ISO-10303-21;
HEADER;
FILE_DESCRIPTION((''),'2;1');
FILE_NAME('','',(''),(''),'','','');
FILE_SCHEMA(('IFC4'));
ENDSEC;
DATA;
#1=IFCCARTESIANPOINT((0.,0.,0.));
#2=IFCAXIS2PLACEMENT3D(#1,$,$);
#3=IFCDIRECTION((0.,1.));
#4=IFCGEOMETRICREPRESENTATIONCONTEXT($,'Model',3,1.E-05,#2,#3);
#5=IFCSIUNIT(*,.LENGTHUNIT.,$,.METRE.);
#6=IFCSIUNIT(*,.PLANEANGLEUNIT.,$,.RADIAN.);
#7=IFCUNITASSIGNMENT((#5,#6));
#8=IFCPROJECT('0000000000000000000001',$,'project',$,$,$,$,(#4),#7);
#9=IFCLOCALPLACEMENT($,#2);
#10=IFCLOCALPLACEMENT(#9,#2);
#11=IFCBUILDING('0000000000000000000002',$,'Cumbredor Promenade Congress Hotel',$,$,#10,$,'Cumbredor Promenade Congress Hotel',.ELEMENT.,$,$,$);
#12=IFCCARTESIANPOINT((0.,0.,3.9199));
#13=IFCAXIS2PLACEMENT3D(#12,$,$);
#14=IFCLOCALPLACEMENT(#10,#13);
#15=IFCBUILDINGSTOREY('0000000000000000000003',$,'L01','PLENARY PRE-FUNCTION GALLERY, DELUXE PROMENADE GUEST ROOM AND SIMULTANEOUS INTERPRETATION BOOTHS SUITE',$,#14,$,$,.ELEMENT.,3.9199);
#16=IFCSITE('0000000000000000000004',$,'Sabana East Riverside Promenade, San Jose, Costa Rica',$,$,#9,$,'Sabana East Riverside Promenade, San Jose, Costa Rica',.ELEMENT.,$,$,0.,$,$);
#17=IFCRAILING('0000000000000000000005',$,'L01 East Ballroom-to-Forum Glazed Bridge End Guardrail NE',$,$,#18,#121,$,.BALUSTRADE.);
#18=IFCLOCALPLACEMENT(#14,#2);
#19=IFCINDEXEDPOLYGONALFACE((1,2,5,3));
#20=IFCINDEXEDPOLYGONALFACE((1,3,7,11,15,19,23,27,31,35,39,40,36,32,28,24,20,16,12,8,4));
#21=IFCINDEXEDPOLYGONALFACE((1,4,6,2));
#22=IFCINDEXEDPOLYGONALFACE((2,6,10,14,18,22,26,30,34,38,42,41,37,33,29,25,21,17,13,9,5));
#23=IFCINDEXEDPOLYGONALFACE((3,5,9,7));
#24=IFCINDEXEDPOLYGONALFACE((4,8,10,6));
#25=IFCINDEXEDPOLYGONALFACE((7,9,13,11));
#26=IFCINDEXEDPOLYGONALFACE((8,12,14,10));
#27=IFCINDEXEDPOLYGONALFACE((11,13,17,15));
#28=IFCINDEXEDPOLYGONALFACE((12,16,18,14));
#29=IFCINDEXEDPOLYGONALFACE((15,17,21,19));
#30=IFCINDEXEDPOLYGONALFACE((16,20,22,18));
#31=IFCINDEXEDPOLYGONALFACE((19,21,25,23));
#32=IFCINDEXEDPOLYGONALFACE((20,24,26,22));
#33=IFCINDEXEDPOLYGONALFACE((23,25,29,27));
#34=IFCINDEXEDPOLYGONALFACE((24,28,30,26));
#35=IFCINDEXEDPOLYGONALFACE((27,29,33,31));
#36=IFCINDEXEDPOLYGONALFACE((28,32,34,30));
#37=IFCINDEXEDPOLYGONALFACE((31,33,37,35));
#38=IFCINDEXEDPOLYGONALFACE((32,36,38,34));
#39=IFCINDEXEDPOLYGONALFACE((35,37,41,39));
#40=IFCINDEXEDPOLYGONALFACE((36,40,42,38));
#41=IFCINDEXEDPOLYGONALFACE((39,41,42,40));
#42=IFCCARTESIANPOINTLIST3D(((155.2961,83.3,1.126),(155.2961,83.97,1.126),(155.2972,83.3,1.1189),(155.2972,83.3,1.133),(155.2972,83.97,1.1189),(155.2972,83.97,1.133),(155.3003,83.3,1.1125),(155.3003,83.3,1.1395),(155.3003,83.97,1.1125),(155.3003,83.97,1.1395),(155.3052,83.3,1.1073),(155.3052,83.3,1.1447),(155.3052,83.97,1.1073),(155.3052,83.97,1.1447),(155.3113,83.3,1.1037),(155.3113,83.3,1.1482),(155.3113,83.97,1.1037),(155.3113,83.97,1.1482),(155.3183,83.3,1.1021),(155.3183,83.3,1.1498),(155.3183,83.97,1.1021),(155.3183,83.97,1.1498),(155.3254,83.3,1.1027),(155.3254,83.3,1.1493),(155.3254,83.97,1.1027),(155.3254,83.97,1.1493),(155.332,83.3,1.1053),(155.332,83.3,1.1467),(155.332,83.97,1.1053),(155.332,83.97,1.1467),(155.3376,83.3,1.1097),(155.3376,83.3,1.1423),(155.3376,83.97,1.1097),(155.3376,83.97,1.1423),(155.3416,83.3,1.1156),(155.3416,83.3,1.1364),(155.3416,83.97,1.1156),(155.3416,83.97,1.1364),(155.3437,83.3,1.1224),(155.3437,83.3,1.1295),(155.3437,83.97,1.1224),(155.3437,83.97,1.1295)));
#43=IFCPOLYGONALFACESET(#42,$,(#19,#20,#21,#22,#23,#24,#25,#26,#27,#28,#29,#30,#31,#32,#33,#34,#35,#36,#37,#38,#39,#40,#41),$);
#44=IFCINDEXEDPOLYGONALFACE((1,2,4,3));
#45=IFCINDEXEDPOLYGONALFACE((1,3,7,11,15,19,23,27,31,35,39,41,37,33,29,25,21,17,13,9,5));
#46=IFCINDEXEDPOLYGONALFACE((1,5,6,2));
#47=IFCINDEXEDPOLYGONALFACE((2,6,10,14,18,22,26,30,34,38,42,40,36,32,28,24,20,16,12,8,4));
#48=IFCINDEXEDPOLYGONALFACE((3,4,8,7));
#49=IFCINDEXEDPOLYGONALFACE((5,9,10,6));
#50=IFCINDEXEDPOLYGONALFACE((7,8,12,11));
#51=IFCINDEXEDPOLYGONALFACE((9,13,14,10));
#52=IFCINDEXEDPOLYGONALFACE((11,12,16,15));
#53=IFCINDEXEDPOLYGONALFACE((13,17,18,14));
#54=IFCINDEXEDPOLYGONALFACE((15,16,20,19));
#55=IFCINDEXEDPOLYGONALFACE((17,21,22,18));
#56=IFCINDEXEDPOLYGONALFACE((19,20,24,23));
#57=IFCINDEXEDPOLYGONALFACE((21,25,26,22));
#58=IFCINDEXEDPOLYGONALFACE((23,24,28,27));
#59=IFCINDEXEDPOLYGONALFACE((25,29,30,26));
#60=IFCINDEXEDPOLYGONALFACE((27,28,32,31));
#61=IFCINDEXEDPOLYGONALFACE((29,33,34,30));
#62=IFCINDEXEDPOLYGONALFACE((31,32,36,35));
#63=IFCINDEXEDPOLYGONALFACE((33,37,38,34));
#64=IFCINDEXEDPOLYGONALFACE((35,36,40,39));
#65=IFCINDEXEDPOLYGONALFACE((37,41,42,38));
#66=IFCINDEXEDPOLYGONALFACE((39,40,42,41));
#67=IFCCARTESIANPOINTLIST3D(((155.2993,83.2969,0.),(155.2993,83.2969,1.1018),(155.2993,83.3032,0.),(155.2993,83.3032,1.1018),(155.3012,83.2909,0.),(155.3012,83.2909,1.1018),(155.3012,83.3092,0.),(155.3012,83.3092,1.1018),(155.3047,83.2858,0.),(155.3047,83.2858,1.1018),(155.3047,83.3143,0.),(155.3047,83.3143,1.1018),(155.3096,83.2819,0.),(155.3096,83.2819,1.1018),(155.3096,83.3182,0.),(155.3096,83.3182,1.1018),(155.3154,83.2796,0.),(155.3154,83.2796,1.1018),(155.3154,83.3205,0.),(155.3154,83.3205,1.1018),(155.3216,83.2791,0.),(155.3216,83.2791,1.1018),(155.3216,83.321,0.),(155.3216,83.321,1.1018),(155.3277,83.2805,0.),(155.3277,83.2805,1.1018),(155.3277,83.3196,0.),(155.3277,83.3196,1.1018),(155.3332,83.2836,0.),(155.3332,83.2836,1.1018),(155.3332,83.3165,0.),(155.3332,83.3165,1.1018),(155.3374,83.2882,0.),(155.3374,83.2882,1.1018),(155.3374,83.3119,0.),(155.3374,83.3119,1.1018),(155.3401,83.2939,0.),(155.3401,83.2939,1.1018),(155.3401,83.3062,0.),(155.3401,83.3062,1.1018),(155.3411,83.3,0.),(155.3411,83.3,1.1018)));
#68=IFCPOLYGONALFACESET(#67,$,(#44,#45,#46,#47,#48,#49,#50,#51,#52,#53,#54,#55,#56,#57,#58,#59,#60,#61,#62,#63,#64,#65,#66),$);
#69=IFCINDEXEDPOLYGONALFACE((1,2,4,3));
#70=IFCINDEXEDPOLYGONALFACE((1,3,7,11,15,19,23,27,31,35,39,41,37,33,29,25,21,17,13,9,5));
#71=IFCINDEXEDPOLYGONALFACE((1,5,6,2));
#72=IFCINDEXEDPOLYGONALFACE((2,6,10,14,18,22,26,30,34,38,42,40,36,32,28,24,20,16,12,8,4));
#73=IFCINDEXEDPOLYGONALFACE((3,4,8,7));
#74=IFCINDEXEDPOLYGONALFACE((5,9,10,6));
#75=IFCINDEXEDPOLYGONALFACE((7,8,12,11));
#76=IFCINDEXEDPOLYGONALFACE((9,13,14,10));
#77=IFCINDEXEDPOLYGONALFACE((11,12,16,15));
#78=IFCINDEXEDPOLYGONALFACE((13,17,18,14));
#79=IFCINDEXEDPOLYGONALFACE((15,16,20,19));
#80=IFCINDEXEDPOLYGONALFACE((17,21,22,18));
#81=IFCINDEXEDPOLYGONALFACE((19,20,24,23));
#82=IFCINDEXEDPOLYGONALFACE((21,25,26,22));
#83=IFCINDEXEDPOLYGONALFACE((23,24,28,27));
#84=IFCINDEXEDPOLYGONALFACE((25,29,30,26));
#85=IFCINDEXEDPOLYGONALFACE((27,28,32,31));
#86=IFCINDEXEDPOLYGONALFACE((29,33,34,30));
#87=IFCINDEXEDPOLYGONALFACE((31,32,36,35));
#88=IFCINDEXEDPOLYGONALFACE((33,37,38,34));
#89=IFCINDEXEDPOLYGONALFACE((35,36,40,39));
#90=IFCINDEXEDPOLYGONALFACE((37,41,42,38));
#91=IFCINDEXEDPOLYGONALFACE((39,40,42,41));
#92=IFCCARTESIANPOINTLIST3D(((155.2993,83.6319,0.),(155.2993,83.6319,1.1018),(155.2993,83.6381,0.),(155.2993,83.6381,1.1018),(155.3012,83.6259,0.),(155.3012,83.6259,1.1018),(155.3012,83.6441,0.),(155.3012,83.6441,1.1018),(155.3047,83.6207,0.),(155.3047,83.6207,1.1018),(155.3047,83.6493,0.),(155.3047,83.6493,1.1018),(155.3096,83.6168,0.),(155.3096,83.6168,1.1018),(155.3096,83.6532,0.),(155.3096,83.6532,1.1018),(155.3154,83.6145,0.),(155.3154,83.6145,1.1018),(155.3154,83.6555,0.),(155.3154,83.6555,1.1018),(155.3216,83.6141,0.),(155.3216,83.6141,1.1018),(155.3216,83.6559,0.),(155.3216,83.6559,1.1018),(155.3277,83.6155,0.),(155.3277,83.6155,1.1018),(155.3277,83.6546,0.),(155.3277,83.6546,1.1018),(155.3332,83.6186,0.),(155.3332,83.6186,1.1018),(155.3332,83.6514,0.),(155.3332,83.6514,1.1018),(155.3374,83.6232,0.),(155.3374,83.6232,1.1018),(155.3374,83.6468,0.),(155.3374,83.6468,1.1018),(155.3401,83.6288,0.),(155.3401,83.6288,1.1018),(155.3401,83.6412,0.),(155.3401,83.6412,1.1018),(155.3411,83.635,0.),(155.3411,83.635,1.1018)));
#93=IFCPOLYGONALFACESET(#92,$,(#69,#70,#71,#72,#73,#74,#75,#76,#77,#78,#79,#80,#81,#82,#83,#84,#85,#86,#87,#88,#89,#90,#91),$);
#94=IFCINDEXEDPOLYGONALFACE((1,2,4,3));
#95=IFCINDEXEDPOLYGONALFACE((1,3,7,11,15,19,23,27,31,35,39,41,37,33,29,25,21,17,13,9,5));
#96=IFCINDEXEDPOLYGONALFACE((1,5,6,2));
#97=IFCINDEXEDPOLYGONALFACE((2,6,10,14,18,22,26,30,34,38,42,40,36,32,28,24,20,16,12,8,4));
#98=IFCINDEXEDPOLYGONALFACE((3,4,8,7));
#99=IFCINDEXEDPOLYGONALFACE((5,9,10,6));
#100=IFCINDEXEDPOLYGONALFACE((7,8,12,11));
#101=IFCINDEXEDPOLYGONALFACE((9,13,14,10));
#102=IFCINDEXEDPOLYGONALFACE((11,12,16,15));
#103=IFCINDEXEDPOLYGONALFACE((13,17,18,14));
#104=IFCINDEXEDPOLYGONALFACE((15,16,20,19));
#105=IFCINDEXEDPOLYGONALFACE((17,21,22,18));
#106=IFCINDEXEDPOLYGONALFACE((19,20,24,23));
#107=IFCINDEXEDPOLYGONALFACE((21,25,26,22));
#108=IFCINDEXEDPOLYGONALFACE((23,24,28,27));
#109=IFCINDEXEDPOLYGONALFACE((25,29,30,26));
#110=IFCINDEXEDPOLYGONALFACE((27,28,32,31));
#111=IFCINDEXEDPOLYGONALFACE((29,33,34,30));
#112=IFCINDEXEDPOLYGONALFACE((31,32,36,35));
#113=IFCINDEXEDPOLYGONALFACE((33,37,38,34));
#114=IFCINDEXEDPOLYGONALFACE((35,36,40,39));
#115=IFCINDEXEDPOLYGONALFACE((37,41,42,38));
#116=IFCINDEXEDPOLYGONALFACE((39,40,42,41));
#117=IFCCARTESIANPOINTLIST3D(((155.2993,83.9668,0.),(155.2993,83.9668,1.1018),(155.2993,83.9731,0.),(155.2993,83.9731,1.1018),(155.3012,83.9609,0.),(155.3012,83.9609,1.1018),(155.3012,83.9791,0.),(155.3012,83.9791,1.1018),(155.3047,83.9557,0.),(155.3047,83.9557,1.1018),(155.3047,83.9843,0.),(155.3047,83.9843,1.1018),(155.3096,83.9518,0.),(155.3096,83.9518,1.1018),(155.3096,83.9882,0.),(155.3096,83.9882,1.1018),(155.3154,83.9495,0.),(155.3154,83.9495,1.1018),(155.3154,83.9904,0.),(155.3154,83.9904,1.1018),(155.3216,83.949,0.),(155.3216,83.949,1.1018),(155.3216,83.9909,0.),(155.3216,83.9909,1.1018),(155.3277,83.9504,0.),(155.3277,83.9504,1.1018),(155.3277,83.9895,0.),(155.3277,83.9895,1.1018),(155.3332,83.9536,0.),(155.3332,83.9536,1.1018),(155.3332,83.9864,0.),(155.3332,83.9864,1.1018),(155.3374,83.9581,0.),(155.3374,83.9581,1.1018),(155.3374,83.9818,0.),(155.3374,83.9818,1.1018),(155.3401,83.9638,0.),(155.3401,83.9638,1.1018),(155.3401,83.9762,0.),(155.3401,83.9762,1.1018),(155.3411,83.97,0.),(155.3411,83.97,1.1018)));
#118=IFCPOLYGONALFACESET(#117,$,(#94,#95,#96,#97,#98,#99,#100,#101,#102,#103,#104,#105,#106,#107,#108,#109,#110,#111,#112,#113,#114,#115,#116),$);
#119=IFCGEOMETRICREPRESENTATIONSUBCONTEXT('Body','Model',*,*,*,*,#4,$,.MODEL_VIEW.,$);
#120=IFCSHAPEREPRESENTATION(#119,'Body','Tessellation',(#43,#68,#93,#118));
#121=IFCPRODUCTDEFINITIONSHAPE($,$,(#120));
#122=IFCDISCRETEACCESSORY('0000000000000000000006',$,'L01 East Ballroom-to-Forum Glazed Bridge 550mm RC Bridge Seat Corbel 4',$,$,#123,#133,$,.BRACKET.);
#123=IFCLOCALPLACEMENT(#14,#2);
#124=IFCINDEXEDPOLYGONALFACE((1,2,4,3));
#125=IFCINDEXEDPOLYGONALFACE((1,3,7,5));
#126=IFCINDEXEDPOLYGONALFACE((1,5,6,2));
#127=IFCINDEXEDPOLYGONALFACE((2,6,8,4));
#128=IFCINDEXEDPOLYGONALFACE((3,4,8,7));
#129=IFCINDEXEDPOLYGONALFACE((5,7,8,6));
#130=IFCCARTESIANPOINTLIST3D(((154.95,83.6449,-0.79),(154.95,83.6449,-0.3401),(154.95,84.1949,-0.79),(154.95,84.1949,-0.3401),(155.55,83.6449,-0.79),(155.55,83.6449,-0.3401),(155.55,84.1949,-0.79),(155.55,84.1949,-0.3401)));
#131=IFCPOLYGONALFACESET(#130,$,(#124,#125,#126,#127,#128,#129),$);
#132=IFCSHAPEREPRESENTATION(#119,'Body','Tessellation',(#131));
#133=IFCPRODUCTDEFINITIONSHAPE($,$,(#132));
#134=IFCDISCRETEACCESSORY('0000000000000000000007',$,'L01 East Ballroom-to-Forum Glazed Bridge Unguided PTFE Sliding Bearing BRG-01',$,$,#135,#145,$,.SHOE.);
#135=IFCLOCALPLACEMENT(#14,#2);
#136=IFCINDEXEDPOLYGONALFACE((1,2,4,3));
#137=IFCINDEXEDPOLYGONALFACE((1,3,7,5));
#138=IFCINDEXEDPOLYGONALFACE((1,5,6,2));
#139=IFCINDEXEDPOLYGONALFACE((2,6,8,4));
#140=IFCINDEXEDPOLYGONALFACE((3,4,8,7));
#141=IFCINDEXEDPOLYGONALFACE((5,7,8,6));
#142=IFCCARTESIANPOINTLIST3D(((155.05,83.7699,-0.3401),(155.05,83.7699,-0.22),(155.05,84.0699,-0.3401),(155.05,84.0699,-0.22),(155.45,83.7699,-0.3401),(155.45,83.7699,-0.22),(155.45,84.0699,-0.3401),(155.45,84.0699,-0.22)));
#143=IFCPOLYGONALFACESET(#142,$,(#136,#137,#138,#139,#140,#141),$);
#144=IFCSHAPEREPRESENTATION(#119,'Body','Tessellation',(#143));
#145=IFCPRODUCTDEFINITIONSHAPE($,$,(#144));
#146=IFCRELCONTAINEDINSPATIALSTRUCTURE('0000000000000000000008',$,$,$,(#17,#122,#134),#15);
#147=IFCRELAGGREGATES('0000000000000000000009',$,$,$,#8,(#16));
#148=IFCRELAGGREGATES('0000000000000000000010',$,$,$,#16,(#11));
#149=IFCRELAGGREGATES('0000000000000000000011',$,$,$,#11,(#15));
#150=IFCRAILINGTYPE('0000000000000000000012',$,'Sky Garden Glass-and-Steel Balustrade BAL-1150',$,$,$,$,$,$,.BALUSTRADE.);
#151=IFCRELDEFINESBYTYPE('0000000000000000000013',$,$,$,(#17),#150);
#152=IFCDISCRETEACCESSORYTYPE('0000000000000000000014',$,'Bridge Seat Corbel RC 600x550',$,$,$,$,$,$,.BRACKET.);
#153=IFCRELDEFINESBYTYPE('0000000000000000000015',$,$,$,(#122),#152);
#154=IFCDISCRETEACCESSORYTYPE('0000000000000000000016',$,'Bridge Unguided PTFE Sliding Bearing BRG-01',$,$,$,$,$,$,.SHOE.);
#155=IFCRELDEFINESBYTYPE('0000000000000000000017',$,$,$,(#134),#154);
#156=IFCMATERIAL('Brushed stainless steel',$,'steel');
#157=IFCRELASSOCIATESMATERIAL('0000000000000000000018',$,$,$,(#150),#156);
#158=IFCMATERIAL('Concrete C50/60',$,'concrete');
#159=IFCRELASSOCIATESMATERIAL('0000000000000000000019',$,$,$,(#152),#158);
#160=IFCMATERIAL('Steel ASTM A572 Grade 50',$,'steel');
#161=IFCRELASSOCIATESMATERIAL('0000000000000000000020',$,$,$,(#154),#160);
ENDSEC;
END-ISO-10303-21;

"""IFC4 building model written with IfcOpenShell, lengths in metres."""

from ifc_helpers import new_model, si_unit, direction, frame, origin, origin_2d, place, context, subcontext, project, spatial, rectangle, circle, extrude, material, type_object, element, save


model = new_model("IFC4")

# Units and contexts
model_context = context("Model", 3, precision=1e-05, world=origin(), true_north=direction((0.0, 1.0)))
body_context = subcontext(model_context, "Body", "Model", "MODEL_VIEW")
ifc_project = project(units=[si_unit("LENGTHUNIT", "METRE"), si_unit("PLANEANGLEUNIT", "RADIAN")], contexts=[model_context])

# Site, building, storey
site_placement = place(None, origin())
site = spatial("IfcSite", under=ifc_project, at=site_placement, Name="Sabana East Riverside Promenade, San Jose, Costa Rica", LongName="Sabana East Riverside Promenade, San Jose, Costa Rica", CompositionType="ELEMENT", RefElevation=0.0)
building_placement = place(site_placement, origin())
building = spatial("IfcBuilding", under=site, at=building_placement, Name="Cumbredor Promenade Congress Hotel", LongName="Cumbredor Promenade Congress Hotel", CompositionType="ELEMENT")
storey_placement = place(building_placement, frame((0.0, 0.0, 3.9199)))
storey = spatial("IfcBuildingStorey", under=building, at=storey_placement, Name="L01", Description="PLENARY PRE-FUNCTION GALLERY, DELUXE PROMENADE GUEST ROOM AND SIMULTANEOUS INTERPRETATION BOOTHS SUITE", CompositionType="ELEMENT", Elevation=3.9199)

# Shared definitions
ifc_material_1 = material(Name="Concrete C50/60", Category="concrete")

# Shared definitions
ifc_material_2 = material(Name="Steel ASTM A572 Grade 50", Category="steel")

# Railing
ifc_material_3 = material(Name="Brushed stainless steel", Category="steel")
railing_type = type_object("IfcRailingType", Name="Sky Garden Glass-and-Steel Balustrade BAL-1150", PredefinedType="BALUSTRADE", material=ifc_material_3)
railing_placement = place(storey_placement, frame((155.3201, 83.3, 0.0)))
element("IfcRailing", 1, at=railing_placement, inside=storey, type_object=railing_type, Name="L01 East Ballroom-to-Forum Glazed Bridge End Guardrail NE", PredefinedType="BALUSTRADE", context=body_context, shape_type="SweptSolid", body=[
    extrude(circle(Radius=0.0239, at=origin_2d()), frame((0.0, 0.0, 1.126), z_axis=(0.0, 1.0, 0.0), x_axis=(-1.0, 0.0, 0.0)), (0.0, 0.0, 1.0), 0.6699),
    extrude(circle(Radius=0.021, at=origin_2d()), origin(), (0.0, 0.0, 1.0), 1.1018),
    extrude(circle(Radius=0.021, at=origin_2d()), frame((0.0, 0.335, 0.0)), (0.0, 0.0, 1.0), 1.1018),
    extrude(circle(Radius=0.021, at=origin_2d()), frame((0.0, 0.6699, 0.0)), (0.0, 0.0, 1.0), 1.1018),
])

# Discrete accessories
discrete_accessory_type_1 = type_object("IfcDiscreteAccessoryType", Name="Bridge Seat Corbel RC 600x550", PredefinedType="BRACKET", material=ifc_material_1)
discrete_accessory_1_placement = place(storey_placement, frame((155.25, 83.9199, -0.79), z_axis=(0.0, 0.0, 1.0), x_axis=(0.0, 1.0, 0.0)))
element("IfcDiscreteAccessory", 2, at=discrete_accessory_1_placement, inside=storey, type_object=discrete_accessory_type_1, Name="L01 East Ballroom-to-Forum Glazed Bridge 550mm RC Bridge Seat Corbel 4", PredefinedType="BRACKET", context=body_context, shape_type="SweptSolid", body=[
    extrude(rectangle(XDim=0.55, YDim=0.6001, at=origin_2d()), origin(), (0.0, 0.0, 1.0), 0.45),
])
discrete_accessory_type_2 = type_object("IfcDiscreteAccessoryType", Name="Bridge Unguided PTFE Sliding Bearing BRG-01", PredefinedType="SHOE", material=ifc_material_2)
discrete_accessory_2_placement = place(storey_placement, frame((155.25, 83.9199, -0.3401), z_axis=(0.0, 0.0, 1.0), x_axis=(0.0, 1.0, 0.0)))
element("IfcDiscreteAccessory", 3, at=discrete_accessory_2_placement, inside=storey, type_object=discrete_accessory_type_2, Name="L01 East Ballroom-to-Forum Glazed Bridge Unguided PTFE Sliding Bearing BRG-01", PredefinedType="SHOE", context=body_context, shape_type="SweptSolid", body=[
    extrude(rectangle(XDim=0.3, YDim=0.3999, at=origin_2d()), origin(), (0.0, 0.0, 1.0), 0.1201),
])

save(model, "model.ifc")
